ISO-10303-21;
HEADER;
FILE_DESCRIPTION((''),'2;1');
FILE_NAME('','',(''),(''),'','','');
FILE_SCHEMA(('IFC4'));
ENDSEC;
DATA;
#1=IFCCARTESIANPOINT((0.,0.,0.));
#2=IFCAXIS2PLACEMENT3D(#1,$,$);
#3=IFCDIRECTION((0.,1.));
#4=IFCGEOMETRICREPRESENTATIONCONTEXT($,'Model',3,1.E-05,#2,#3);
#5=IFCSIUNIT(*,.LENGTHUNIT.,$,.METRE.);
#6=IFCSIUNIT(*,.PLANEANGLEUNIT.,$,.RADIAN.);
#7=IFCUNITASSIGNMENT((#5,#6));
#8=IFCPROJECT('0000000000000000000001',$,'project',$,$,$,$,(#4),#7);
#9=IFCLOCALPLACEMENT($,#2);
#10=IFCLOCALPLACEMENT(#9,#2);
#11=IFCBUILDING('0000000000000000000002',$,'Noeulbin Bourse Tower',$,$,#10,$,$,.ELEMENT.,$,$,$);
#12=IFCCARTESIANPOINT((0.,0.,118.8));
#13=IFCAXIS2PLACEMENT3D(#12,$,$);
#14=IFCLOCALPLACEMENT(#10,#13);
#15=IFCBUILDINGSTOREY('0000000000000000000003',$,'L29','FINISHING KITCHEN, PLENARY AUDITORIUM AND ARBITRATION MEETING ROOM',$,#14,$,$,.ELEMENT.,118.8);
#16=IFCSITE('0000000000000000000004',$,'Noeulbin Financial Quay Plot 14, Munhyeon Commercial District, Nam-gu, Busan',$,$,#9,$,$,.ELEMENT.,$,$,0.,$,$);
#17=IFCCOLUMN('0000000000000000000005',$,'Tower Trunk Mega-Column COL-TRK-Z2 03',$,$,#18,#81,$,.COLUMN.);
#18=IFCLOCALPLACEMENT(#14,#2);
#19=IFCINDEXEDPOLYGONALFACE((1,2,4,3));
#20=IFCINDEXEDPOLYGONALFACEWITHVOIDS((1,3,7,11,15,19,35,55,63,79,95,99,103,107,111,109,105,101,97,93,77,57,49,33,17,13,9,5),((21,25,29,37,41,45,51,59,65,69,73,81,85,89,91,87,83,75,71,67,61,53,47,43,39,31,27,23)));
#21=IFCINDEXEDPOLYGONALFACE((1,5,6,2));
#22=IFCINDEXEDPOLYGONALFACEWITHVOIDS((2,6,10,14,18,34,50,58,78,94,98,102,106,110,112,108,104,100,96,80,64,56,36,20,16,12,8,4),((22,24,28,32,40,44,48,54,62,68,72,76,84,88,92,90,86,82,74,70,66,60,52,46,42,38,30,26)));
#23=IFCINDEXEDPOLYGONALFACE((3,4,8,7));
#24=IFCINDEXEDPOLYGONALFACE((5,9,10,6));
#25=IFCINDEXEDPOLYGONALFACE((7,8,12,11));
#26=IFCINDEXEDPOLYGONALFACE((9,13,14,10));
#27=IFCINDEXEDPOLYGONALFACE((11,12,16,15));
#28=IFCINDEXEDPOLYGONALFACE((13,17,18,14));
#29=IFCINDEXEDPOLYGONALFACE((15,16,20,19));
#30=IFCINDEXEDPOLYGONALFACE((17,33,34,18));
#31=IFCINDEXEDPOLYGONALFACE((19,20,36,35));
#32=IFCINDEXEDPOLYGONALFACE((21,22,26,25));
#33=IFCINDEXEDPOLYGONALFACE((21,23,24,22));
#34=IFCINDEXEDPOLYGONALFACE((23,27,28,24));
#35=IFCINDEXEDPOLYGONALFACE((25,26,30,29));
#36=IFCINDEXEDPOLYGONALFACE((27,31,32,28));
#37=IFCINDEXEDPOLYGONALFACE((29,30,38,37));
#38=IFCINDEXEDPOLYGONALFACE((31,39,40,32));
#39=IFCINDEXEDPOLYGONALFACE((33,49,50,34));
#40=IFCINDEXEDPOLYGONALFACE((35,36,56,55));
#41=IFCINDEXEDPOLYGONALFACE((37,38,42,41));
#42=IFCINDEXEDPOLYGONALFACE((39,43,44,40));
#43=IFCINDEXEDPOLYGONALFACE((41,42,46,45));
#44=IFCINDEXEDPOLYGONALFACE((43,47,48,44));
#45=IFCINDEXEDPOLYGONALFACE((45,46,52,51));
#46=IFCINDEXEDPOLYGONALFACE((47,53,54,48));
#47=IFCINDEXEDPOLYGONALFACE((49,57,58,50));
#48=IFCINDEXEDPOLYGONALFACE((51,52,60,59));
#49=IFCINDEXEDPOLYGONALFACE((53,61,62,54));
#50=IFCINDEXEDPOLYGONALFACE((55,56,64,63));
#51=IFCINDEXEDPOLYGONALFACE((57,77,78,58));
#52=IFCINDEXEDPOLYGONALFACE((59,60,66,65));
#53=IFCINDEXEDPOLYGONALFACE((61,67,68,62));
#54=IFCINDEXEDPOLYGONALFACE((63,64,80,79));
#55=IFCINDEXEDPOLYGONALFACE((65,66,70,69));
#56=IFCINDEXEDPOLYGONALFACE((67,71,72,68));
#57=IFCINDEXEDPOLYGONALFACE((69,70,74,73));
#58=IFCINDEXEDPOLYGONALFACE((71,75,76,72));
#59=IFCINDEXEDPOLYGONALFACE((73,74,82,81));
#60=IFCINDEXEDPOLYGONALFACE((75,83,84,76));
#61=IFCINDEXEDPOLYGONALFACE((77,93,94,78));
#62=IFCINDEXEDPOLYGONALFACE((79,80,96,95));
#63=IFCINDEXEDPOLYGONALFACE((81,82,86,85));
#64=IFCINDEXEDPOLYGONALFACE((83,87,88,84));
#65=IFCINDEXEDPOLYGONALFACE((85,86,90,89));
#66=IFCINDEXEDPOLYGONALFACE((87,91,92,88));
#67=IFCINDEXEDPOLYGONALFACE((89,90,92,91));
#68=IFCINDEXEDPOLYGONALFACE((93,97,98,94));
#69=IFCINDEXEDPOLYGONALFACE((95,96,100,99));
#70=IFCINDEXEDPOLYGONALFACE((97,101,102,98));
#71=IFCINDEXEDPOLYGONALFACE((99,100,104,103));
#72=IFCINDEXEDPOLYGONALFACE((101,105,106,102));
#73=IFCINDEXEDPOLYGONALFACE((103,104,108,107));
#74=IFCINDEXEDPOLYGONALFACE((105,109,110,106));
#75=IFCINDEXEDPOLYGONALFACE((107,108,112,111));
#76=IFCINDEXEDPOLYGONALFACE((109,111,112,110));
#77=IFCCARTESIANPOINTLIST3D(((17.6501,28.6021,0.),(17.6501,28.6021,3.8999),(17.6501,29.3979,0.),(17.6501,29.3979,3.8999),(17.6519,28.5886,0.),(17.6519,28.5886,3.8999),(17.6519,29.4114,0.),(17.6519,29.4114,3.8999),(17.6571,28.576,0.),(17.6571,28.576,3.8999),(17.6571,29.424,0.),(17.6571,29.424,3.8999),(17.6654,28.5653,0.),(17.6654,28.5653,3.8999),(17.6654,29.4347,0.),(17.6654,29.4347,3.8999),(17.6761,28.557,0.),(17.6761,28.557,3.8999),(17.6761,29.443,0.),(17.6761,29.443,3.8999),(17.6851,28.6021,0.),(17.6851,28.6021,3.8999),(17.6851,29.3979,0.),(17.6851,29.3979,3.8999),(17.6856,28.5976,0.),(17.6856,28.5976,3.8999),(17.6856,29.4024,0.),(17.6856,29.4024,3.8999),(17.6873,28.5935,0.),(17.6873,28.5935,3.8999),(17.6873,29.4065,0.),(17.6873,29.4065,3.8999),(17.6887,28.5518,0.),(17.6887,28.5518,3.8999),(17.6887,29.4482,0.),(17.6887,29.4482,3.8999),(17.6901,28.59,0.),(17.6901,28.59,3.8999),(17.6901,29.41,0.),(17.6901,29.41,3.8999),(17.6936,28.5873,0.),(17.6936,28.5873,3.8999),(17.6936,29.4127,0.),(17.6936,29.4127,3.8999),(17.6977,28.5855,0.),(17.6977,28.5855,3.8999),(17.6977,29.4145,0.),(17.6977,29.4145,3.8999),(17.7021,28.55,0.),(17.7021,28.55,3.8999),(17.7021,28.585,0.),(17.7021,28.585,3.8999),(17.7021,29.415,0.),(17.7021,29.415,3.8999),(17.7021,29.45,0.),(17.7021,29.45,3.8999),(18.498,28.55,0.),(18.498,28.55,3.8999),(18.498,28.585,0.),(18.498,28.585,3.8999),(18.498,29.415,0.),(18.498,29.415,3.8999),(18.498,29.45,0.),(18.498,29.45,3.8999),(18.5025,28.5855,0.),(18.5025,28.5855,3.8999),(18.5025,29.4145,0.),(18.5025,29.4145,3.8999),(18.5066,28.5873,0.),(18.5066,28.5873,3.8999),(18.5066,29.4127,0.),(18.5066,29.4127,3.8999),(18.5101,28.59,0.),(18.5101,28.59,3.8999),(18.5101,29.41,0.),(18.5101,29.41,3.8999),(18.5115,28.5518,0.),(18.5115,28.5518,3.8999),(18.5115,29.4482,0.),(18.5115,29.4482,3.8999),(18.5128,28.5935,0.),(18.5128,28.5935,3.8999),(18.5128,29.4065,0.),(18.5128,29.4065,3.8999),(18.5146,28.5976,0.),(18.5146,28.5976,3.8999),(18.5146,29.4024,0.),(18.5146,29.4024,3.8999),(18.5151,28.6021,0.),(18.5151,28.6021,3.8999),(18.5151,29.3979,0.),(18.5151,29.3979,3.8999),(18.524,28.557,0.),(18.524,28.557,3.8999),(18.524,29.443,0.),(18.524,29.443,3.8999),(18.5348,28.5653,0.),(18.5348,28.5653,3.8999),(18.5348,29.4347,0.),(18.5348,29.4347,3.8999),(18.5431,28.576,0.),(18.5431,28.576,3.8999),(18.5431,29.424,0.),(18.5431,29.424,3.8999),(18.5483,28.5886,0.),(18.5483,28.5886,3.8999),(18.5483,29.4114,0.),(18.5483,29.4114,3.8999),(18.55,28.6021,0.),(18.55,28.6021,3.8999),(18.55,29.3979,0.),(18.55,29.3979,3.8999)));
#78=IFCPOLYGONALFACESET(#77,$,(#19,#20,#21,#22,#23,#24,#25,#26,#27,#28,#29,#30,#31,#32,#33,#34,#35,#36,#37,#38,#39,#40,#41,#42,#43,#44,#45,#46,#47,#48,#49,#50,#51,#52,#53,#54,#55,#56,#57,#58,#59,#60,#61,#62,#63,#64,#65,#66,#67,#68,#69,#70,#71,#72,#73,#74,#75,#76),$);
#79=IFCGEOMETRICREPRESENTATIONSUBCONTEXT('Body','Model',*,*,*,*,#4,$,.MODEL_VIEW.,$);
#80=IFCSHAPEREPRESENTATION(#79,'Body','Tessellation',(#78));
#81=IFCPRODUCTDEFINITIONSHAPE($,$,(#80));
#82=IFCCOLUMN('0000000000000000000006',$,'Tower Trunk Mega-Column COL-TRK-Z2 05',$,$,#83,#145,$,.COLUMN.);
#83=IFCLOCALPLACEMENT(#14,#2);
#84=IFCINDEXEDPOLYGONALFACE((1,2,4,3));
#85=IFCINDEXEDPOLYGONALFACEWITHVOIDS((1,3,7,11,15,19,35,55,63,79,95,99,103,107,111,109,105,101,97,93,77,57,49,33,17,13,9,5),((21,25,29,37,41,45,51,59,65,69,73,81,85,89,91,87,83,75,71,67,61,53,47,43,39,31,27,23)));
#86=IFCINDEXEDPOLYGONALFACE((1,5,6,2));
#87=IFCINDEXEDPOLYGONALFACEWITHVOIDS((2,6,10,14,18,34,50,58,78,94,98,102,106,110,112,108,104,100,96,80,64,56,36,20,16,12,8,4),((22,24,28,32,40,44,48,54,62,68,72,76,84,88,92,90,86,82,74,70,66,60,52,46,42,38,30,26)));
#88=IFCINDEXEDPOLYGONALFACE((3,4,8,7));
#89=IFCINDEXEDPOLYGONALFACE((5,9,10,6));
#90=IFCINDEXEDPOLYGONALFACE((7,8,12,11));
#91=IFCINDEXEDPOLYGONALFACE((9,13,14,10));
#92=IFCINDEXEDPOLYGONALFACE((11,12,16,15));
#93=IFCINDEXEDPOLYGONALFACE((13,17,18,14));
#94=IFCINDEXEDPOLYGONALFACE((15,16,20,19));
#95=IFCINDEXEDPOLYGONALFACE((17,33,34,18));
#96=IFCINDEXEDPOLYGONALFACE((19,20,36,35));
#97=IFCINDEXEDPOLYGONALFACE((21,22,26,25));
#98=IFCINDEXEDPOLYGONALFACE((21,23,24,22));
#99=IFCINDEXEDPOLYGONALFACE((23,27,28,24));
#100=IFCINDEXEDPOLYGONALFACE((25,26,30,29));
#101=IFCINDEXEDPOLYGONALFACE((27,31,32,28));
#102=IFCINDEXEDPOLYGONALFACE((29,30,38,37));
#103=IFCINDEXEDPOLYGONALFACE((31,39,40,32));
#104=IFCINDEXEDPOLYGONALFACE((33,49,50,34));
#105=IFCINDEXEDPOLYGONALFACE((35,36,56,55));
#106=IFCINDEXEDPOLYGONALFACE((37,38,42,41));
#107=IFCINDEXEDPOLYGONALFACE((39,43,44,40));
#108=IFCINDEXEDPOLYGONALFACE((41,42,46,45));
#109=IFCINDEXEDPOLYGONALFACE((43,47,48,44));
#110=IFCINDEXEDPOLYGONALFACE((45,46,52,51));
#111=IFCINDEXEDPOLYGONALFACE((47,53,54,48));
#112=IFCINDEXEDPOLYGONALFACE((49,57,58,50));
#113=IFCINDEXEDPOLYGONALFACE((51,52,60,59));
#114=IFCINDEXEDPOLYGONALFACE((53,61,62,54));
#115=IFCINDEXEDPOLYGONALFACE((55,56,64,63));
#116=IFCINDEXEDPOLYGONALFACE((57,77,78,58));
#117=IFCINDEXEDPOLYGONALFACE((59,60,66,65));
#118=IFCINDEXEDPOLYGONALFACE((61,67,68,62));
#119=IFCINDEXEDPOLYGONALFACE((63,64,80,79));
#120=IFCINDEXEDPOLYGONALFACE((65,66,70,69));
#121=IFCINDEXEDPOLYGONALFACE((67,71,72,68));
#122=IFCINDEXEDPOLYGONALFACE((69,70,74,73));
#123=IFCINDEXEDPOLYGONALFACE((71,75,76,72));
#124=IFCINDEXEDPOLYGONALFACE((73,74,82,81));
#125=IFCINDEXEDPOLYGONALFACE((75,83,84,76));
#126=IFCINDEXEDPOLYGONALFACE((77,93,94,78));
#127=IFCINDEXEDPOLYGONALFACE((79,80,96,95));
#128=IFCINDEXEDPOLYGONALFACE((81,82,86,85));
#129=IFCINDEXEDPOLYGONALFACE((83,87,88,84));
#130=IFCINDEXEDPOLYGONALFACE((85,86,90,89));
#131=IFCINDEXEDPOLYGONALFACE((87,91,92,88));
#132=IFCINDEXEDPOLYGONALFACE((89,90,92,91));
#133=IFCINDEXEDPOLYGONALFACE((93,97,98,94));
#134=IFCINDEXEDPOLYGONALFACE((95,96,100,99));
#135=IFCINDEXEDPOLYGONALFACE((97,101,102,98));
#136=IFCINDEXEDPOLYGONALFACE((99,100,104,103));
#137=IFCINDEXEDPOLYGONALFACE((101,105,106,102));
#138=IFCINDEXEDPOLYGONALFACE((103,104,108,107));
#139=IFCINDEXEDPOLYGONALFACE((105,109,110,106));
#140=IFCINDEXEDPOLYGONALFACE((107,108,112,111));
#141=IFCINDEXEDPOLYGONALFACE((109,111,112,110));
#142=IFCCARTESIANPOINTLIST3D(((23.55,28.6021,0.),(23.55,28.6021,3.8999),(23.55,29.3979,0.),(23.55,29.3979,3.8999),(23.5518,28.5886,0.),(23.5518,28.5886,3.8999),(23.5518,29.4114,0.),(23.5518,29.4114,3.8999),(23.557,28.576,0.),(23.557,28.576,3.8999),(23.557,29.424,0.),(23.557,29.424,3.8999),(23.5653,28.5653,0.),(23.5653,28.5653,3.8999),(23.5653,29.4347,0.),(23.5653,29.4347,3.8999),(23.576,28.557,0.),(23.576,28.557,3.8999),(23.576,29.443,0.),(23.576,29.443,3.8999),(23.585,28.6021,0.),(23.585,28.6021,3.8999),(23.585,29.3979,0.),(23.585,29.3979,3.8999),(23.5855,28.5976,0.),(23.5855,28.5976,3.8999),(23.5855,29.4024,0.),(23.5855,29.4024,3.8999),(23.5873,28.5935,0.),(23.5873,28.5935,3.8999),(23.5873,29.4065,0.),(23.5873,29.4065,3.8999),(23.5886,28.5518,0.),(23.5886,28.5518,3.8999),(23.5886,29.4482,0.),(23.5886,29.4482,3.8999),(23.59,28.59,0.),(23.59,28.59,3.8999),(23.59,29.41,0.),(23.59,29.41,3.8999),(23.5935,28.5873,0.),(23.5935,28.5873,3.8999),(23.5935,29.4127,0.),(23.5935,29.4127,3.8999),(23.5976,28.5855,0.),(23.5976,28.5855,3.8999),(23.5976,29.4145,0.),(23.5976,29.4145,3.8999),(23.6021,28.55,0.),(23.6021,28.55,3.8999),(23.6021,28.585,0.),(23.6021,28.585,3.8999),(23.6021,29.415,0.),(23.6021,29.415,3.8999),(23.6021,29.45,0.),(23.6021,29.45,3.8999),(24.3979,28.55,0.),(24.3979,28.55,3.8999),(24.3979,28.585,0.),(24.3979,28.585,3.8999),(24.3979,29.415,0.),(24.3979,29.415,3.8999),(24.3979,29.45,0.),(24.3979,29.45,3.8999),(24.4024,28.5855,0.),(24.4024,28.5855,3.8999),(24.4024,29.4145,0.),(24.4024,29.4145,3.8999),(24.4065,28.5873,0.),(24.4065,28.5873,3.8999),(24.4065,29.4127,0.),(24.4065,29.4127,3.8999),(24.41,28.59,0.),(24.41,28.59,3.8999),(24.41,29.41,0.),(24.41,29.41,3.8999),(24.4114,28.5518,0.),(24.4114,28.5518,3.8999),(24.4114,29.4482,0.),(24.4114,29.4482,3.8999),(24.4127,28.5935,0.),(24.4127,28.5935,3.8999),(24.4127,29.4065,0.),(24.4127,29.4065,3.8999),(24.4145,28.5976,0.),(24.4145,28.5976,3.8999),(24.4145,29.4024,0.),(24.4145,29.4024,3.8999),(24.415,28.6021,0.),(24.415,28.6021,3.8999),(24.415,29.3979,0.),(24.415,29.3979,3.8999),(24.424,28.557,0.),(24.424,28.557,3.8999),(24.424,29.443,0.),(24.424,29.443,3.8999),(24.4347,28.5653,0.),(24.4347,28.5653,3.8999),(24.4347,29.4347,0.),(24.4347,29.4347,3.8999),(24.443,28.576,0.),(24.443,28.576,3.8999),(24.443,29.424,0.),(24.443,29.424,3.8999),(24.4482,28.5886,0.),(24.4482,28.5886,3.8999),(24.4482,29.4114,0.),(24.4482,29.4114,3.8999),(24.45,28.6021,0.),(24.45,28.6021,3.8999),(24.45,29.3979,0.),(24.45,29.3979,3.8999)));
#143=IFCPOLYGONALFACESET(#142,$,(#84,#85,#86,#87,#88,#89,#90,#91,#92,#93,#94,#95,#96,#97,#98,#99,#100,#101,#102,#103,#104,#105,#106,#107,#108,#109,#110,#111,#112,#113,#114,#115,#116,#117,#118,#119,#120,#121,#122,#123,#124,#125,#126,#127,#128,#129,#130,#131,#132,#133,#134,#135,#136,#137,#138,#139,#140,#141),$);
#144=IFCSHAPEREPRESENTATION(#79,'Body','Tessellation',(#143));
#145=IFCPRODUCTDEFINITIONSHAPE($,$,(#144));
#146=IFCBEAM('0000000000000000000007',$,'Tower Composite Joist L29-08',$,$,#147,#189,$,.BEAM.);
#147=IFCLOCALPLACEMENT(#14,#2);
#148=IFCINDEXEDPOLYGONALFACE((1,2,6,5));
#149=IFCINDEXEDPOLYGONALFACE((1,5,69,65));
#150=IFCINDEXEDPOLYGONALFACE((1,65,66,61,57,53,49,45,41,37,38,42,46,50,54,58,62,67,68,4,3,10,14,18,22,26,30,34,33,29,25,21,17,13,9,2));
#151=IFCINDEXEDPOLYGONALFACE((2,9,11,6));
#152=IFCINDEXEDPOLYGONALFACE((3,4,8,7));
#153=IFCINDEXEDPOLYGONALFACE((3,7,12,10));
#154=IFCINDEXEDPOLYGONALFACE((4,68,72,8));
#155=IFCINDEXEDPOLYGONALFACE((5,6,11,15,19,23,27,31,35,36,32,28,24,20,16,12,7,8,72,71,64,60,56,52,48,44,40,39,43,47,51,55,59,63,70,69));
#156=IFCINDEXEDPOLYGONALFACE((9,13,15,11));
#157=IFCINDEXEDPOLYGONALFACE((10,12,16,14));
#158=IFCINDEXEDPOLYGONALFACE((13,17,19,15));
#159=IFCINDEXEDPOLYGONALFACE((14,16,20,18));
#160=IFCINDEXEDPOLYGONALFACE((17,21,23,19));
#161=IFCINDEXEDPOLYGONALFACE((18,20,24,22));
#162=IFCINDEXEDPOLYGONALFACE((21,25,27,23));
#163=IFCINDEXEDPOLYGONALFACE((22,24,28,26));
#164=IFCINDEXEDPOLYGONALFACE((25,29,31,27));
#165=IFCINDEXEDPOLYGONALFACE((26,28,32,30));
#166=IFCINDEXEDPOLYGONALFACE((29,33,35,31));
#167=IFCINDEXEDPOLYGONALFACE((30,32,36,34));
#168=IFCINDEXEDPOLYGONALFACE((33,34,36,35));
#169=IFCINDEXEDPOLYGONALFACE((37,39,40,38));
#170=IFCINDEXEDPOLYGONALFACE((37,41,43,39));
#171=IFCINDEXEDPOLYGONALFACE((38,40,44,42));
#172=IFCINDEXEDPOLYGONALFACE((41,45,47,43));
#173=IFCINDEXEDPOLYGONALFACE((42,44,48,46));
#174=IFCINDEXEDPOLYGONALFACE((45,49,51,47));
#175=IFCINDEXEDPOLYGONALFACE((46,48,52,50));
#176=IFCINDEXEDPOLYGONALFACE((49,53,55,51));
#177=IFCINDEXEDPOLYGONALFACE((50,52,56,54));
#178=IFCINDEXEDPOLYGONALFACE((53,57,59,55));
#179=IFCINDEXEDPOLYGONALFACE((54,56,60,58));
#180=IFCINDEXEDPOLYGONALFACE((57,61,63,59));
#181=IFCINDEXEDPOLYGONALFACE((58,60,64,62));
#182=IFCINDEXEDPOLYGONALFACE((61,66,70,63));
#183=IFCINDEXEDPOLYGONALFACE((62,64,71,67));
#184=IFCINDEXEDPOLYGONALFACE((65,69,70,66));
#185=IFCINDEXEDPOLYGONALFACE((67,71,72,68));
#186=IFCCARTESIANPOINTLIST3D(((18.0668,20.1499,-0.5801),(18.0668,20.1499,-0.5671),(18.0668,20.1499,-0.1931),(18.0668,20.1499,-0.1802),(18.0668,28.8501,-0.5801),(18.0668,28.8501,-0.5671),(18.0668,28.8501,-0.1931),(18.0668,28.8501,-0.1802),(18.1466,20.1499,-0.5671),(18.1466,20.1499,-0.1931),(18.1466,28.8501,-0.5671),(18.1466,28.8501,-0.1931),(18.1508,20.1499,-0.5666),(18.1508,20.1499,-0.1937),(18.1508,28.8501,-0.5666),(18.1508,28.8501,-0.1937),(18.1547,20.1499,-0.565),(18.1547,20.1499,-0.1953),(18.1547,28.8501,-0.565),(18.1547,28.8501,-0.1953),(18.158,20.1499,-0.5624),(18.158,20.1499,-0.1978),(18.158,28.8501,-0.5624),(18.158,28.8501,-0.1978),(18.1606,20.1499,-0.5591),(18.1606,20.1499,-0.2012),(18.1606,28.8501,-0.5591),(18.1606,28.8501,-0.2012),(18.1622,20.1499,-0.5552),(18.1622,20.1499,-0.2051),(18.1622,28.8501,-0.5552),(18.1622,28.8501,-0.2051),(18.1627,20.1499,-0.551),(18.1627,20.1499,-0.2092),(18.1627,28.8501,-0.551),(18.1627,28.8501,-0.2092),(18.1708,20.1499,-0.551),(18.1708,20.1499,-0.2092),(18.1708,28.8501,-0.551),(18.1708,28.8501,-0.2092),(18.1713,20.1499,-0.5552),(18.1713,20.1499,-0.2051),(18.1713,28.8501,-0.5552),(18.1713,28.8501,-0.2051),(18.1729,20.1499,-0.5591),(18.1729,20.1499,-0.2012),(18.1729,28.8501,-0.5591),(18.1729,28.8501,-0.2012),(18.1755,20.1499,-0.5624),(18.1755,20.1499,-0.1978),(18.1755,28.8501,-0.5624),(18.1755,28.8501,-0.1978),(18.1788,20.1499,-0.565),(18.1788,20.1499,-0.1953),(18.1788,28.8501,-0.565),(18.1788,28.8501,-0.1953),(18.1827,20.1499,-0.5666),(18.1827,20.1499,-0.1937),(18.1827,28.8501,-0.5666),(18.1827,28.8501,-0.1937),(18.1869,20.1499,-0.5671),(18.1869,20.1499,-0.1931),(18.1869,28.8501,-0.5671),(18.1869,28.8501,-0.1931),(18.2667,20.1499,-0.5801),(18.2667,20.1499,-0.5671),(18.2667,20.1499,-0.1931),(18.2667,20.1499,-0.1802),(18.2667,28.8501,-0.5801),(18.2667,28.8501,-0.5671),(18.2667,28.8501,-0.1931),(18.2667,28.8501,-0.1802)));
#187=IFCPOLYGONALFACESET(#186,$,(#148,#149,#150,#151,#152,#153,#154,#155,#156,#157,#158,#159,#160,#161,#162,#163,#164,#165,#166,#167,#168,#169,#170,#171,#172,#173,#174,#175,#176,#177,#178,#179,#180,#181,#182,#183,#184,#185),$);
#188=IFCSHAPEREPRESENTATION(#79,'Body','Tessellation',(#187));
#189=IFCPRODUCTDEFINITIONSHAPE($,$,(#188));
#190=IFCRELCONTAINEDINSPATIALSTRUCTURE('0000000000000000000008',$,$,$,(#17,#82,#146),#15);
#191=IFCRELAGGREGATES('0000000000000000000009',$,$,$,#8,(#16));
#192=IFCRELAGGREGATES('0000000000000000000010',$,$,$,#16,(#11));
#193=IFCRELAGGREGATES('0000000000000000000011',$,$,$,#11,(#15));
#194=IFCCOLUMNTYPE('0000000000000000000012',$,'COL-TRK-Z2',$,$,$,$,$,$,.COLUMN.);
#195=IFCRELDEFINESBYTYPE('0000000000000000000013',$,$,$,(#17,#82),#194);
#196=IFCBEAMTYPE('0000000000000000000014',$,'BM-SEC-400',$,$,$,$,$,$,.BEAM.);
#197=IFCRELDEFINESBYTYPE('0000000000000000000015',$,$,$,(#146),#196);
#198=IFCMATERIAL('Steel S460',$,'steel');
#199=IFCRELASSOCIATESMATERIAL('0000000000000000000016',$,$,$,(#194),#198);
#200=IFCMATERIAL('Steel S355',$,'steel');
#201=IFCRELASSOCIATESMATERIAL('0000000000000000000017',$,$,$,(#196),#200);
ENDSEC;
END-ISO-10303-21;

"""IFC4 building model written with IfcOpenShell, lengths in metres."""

from ifc_helpers import new_model, si_unit, direction, frame, origin, origin_2d, place, context, subcontext, project, spatial, hollow_rectangle, i_section, extrude, material, material_profile, profile_set, type_object, element, save


model = new_model("IFC4")

# Units and contexts
model_context = context("Model", 3, precision=1e-05, world=origin(), true_north=direction((0.0, 1.0)))
body_context = subcontext(model_context, "Body", "Model", "MODEL_VIEW")
ifc_project = project(units=[si_unit("LENGTHUNIT", "METRE"), si_unit("PLANEANGLEUNIT", "RADIAN")], contexts=[model_context])

# Site, building, storey
site_placement = place(None, origin())
site = spatial("IfcSite", under=ifc_project, at=site_placement, Name="Noeulbin Financial Quay Plot 14, Munhyeon Commercial District, Nam-gu, Busan", CompositionType="ELEMENT", RefElevation=0.0)
building_placement = place(site_placement, origin())
building = spatial("IfcBuilding", under=site, at=building_placement, Name="Noeulbin Bourse Tower", CompositionType="ELEMENT")
storey_placement = place(building_placement, frame((0.0, 0.0, 118.8)))
storey = spatial("IfcBuildingStorey", under=building, at=storey_placement, Name="L29", Description="FINISHING KITCHEN, PLENARY AUDITORIUM AND ARBITRATION MEETING ROOM", CompositionType="ELEMENT", Elevation=118.8)

# Columns
ifc_material_1 = material(Name="Steel S460", Category="steel")
ifc_material_profile_1 = material_profile(ifc_material_1, hollow_rectangle(XDim=0.8999, YDim=0.8999, WallThickness=0.0349, InnerFilletRadius=0.0171, OuterFilletRadius=0.052, at=origin_2d()), Name="BOX-900x900x35", Category="LoadBearing")
ifc_profile_set_1 = profile_set([ifc_material_profile_1], Name="Steel S460")
column_type = type_object("IfcColumnType", Name="COL-TRK-Z2", PredefinedType="COLUMN", material=ifc_profile_set_1)
for number, where, z_axis, x_axis, name in (
    (1, (18.1001, 29.0, 0.0), (0.0, 0.0, 1.0), (1.0, 0.0, 0.0), "Tower Trunk Mega-Column COL-TRK-Z2 03"),
    (2, (24.0, 29.0, 0.0), (0.0, 0.0, 1.0), (1.0, 0.0, 0.0), "Tower Trunk Mega-Column COL-TRK-Z2 05"),
):
    element("IfcColumn", number, at=place(storey_placement, frame(where, z_axis=z_axis, x_axis=x_axis)), inside=storey, type_object=column_type, Name=name, PredefinedType="COLUMN", context=body_context, shape_type="SweptSolid", body=[
        extrude(hollow_rectangle(XDim=0.8999, YDim=0.8999, WallThickness=0.0349, InnerFilletRadius=0.0171, OuterFilletRadius=0.052, at=origin_2d()), origin(), (0.0, 0.0, 1.0), 3.8999),
    ])

# Beam
ifc_material_2 = material(Name="Steel S355", Category="steel")
ifc_material_profile_2 = material_profile(ifc_material_2, i_section(OverallWidth=0.2, OverallDepth=0.3999, WebThickness=0.0081, FlangeThickness=0.0129, FilletRadius=0.0161, at=origin_2d()), Name="H-400x200x8x13", Category="LoadBearing")
ifc_profile_set_2 = profile_set([ifc_material_profile_2], Name="Steel S355")
beam_type = type_object("IfcBeamType", Name="BM-SEC-400", PredefinedType="BEAM", material=ifc_profile_set_2)
for number, where, z_axis, x_axis, name in (
    (3, (18.1667, 20.1499, -0.3801), (0.0, 1.0, 0.0), (-1.0, 0.0, 0.0), "Tower Composite Joist L29-08"),
):
    element("IfcBeam", number, at=place(storey_placement, frame(where, z_axis=z_axis, x_axis=x_axis)), inside=storey, type_object=beam_type, Name=name, PredefinedType="BEAM", context=body_context, shape_type="SweptSolid", body=[
        extrude(i_section(OverallWidth=0.2, OverallDepth=0.3999, WebThickness=0.0081, FlangeThickness=0.0129, FilletRadius=0.0161, at=origin_2d()), origin(), (0.0, 0.0, 1.0), 8.7002),
    ])

save(model, "model.ifc")
